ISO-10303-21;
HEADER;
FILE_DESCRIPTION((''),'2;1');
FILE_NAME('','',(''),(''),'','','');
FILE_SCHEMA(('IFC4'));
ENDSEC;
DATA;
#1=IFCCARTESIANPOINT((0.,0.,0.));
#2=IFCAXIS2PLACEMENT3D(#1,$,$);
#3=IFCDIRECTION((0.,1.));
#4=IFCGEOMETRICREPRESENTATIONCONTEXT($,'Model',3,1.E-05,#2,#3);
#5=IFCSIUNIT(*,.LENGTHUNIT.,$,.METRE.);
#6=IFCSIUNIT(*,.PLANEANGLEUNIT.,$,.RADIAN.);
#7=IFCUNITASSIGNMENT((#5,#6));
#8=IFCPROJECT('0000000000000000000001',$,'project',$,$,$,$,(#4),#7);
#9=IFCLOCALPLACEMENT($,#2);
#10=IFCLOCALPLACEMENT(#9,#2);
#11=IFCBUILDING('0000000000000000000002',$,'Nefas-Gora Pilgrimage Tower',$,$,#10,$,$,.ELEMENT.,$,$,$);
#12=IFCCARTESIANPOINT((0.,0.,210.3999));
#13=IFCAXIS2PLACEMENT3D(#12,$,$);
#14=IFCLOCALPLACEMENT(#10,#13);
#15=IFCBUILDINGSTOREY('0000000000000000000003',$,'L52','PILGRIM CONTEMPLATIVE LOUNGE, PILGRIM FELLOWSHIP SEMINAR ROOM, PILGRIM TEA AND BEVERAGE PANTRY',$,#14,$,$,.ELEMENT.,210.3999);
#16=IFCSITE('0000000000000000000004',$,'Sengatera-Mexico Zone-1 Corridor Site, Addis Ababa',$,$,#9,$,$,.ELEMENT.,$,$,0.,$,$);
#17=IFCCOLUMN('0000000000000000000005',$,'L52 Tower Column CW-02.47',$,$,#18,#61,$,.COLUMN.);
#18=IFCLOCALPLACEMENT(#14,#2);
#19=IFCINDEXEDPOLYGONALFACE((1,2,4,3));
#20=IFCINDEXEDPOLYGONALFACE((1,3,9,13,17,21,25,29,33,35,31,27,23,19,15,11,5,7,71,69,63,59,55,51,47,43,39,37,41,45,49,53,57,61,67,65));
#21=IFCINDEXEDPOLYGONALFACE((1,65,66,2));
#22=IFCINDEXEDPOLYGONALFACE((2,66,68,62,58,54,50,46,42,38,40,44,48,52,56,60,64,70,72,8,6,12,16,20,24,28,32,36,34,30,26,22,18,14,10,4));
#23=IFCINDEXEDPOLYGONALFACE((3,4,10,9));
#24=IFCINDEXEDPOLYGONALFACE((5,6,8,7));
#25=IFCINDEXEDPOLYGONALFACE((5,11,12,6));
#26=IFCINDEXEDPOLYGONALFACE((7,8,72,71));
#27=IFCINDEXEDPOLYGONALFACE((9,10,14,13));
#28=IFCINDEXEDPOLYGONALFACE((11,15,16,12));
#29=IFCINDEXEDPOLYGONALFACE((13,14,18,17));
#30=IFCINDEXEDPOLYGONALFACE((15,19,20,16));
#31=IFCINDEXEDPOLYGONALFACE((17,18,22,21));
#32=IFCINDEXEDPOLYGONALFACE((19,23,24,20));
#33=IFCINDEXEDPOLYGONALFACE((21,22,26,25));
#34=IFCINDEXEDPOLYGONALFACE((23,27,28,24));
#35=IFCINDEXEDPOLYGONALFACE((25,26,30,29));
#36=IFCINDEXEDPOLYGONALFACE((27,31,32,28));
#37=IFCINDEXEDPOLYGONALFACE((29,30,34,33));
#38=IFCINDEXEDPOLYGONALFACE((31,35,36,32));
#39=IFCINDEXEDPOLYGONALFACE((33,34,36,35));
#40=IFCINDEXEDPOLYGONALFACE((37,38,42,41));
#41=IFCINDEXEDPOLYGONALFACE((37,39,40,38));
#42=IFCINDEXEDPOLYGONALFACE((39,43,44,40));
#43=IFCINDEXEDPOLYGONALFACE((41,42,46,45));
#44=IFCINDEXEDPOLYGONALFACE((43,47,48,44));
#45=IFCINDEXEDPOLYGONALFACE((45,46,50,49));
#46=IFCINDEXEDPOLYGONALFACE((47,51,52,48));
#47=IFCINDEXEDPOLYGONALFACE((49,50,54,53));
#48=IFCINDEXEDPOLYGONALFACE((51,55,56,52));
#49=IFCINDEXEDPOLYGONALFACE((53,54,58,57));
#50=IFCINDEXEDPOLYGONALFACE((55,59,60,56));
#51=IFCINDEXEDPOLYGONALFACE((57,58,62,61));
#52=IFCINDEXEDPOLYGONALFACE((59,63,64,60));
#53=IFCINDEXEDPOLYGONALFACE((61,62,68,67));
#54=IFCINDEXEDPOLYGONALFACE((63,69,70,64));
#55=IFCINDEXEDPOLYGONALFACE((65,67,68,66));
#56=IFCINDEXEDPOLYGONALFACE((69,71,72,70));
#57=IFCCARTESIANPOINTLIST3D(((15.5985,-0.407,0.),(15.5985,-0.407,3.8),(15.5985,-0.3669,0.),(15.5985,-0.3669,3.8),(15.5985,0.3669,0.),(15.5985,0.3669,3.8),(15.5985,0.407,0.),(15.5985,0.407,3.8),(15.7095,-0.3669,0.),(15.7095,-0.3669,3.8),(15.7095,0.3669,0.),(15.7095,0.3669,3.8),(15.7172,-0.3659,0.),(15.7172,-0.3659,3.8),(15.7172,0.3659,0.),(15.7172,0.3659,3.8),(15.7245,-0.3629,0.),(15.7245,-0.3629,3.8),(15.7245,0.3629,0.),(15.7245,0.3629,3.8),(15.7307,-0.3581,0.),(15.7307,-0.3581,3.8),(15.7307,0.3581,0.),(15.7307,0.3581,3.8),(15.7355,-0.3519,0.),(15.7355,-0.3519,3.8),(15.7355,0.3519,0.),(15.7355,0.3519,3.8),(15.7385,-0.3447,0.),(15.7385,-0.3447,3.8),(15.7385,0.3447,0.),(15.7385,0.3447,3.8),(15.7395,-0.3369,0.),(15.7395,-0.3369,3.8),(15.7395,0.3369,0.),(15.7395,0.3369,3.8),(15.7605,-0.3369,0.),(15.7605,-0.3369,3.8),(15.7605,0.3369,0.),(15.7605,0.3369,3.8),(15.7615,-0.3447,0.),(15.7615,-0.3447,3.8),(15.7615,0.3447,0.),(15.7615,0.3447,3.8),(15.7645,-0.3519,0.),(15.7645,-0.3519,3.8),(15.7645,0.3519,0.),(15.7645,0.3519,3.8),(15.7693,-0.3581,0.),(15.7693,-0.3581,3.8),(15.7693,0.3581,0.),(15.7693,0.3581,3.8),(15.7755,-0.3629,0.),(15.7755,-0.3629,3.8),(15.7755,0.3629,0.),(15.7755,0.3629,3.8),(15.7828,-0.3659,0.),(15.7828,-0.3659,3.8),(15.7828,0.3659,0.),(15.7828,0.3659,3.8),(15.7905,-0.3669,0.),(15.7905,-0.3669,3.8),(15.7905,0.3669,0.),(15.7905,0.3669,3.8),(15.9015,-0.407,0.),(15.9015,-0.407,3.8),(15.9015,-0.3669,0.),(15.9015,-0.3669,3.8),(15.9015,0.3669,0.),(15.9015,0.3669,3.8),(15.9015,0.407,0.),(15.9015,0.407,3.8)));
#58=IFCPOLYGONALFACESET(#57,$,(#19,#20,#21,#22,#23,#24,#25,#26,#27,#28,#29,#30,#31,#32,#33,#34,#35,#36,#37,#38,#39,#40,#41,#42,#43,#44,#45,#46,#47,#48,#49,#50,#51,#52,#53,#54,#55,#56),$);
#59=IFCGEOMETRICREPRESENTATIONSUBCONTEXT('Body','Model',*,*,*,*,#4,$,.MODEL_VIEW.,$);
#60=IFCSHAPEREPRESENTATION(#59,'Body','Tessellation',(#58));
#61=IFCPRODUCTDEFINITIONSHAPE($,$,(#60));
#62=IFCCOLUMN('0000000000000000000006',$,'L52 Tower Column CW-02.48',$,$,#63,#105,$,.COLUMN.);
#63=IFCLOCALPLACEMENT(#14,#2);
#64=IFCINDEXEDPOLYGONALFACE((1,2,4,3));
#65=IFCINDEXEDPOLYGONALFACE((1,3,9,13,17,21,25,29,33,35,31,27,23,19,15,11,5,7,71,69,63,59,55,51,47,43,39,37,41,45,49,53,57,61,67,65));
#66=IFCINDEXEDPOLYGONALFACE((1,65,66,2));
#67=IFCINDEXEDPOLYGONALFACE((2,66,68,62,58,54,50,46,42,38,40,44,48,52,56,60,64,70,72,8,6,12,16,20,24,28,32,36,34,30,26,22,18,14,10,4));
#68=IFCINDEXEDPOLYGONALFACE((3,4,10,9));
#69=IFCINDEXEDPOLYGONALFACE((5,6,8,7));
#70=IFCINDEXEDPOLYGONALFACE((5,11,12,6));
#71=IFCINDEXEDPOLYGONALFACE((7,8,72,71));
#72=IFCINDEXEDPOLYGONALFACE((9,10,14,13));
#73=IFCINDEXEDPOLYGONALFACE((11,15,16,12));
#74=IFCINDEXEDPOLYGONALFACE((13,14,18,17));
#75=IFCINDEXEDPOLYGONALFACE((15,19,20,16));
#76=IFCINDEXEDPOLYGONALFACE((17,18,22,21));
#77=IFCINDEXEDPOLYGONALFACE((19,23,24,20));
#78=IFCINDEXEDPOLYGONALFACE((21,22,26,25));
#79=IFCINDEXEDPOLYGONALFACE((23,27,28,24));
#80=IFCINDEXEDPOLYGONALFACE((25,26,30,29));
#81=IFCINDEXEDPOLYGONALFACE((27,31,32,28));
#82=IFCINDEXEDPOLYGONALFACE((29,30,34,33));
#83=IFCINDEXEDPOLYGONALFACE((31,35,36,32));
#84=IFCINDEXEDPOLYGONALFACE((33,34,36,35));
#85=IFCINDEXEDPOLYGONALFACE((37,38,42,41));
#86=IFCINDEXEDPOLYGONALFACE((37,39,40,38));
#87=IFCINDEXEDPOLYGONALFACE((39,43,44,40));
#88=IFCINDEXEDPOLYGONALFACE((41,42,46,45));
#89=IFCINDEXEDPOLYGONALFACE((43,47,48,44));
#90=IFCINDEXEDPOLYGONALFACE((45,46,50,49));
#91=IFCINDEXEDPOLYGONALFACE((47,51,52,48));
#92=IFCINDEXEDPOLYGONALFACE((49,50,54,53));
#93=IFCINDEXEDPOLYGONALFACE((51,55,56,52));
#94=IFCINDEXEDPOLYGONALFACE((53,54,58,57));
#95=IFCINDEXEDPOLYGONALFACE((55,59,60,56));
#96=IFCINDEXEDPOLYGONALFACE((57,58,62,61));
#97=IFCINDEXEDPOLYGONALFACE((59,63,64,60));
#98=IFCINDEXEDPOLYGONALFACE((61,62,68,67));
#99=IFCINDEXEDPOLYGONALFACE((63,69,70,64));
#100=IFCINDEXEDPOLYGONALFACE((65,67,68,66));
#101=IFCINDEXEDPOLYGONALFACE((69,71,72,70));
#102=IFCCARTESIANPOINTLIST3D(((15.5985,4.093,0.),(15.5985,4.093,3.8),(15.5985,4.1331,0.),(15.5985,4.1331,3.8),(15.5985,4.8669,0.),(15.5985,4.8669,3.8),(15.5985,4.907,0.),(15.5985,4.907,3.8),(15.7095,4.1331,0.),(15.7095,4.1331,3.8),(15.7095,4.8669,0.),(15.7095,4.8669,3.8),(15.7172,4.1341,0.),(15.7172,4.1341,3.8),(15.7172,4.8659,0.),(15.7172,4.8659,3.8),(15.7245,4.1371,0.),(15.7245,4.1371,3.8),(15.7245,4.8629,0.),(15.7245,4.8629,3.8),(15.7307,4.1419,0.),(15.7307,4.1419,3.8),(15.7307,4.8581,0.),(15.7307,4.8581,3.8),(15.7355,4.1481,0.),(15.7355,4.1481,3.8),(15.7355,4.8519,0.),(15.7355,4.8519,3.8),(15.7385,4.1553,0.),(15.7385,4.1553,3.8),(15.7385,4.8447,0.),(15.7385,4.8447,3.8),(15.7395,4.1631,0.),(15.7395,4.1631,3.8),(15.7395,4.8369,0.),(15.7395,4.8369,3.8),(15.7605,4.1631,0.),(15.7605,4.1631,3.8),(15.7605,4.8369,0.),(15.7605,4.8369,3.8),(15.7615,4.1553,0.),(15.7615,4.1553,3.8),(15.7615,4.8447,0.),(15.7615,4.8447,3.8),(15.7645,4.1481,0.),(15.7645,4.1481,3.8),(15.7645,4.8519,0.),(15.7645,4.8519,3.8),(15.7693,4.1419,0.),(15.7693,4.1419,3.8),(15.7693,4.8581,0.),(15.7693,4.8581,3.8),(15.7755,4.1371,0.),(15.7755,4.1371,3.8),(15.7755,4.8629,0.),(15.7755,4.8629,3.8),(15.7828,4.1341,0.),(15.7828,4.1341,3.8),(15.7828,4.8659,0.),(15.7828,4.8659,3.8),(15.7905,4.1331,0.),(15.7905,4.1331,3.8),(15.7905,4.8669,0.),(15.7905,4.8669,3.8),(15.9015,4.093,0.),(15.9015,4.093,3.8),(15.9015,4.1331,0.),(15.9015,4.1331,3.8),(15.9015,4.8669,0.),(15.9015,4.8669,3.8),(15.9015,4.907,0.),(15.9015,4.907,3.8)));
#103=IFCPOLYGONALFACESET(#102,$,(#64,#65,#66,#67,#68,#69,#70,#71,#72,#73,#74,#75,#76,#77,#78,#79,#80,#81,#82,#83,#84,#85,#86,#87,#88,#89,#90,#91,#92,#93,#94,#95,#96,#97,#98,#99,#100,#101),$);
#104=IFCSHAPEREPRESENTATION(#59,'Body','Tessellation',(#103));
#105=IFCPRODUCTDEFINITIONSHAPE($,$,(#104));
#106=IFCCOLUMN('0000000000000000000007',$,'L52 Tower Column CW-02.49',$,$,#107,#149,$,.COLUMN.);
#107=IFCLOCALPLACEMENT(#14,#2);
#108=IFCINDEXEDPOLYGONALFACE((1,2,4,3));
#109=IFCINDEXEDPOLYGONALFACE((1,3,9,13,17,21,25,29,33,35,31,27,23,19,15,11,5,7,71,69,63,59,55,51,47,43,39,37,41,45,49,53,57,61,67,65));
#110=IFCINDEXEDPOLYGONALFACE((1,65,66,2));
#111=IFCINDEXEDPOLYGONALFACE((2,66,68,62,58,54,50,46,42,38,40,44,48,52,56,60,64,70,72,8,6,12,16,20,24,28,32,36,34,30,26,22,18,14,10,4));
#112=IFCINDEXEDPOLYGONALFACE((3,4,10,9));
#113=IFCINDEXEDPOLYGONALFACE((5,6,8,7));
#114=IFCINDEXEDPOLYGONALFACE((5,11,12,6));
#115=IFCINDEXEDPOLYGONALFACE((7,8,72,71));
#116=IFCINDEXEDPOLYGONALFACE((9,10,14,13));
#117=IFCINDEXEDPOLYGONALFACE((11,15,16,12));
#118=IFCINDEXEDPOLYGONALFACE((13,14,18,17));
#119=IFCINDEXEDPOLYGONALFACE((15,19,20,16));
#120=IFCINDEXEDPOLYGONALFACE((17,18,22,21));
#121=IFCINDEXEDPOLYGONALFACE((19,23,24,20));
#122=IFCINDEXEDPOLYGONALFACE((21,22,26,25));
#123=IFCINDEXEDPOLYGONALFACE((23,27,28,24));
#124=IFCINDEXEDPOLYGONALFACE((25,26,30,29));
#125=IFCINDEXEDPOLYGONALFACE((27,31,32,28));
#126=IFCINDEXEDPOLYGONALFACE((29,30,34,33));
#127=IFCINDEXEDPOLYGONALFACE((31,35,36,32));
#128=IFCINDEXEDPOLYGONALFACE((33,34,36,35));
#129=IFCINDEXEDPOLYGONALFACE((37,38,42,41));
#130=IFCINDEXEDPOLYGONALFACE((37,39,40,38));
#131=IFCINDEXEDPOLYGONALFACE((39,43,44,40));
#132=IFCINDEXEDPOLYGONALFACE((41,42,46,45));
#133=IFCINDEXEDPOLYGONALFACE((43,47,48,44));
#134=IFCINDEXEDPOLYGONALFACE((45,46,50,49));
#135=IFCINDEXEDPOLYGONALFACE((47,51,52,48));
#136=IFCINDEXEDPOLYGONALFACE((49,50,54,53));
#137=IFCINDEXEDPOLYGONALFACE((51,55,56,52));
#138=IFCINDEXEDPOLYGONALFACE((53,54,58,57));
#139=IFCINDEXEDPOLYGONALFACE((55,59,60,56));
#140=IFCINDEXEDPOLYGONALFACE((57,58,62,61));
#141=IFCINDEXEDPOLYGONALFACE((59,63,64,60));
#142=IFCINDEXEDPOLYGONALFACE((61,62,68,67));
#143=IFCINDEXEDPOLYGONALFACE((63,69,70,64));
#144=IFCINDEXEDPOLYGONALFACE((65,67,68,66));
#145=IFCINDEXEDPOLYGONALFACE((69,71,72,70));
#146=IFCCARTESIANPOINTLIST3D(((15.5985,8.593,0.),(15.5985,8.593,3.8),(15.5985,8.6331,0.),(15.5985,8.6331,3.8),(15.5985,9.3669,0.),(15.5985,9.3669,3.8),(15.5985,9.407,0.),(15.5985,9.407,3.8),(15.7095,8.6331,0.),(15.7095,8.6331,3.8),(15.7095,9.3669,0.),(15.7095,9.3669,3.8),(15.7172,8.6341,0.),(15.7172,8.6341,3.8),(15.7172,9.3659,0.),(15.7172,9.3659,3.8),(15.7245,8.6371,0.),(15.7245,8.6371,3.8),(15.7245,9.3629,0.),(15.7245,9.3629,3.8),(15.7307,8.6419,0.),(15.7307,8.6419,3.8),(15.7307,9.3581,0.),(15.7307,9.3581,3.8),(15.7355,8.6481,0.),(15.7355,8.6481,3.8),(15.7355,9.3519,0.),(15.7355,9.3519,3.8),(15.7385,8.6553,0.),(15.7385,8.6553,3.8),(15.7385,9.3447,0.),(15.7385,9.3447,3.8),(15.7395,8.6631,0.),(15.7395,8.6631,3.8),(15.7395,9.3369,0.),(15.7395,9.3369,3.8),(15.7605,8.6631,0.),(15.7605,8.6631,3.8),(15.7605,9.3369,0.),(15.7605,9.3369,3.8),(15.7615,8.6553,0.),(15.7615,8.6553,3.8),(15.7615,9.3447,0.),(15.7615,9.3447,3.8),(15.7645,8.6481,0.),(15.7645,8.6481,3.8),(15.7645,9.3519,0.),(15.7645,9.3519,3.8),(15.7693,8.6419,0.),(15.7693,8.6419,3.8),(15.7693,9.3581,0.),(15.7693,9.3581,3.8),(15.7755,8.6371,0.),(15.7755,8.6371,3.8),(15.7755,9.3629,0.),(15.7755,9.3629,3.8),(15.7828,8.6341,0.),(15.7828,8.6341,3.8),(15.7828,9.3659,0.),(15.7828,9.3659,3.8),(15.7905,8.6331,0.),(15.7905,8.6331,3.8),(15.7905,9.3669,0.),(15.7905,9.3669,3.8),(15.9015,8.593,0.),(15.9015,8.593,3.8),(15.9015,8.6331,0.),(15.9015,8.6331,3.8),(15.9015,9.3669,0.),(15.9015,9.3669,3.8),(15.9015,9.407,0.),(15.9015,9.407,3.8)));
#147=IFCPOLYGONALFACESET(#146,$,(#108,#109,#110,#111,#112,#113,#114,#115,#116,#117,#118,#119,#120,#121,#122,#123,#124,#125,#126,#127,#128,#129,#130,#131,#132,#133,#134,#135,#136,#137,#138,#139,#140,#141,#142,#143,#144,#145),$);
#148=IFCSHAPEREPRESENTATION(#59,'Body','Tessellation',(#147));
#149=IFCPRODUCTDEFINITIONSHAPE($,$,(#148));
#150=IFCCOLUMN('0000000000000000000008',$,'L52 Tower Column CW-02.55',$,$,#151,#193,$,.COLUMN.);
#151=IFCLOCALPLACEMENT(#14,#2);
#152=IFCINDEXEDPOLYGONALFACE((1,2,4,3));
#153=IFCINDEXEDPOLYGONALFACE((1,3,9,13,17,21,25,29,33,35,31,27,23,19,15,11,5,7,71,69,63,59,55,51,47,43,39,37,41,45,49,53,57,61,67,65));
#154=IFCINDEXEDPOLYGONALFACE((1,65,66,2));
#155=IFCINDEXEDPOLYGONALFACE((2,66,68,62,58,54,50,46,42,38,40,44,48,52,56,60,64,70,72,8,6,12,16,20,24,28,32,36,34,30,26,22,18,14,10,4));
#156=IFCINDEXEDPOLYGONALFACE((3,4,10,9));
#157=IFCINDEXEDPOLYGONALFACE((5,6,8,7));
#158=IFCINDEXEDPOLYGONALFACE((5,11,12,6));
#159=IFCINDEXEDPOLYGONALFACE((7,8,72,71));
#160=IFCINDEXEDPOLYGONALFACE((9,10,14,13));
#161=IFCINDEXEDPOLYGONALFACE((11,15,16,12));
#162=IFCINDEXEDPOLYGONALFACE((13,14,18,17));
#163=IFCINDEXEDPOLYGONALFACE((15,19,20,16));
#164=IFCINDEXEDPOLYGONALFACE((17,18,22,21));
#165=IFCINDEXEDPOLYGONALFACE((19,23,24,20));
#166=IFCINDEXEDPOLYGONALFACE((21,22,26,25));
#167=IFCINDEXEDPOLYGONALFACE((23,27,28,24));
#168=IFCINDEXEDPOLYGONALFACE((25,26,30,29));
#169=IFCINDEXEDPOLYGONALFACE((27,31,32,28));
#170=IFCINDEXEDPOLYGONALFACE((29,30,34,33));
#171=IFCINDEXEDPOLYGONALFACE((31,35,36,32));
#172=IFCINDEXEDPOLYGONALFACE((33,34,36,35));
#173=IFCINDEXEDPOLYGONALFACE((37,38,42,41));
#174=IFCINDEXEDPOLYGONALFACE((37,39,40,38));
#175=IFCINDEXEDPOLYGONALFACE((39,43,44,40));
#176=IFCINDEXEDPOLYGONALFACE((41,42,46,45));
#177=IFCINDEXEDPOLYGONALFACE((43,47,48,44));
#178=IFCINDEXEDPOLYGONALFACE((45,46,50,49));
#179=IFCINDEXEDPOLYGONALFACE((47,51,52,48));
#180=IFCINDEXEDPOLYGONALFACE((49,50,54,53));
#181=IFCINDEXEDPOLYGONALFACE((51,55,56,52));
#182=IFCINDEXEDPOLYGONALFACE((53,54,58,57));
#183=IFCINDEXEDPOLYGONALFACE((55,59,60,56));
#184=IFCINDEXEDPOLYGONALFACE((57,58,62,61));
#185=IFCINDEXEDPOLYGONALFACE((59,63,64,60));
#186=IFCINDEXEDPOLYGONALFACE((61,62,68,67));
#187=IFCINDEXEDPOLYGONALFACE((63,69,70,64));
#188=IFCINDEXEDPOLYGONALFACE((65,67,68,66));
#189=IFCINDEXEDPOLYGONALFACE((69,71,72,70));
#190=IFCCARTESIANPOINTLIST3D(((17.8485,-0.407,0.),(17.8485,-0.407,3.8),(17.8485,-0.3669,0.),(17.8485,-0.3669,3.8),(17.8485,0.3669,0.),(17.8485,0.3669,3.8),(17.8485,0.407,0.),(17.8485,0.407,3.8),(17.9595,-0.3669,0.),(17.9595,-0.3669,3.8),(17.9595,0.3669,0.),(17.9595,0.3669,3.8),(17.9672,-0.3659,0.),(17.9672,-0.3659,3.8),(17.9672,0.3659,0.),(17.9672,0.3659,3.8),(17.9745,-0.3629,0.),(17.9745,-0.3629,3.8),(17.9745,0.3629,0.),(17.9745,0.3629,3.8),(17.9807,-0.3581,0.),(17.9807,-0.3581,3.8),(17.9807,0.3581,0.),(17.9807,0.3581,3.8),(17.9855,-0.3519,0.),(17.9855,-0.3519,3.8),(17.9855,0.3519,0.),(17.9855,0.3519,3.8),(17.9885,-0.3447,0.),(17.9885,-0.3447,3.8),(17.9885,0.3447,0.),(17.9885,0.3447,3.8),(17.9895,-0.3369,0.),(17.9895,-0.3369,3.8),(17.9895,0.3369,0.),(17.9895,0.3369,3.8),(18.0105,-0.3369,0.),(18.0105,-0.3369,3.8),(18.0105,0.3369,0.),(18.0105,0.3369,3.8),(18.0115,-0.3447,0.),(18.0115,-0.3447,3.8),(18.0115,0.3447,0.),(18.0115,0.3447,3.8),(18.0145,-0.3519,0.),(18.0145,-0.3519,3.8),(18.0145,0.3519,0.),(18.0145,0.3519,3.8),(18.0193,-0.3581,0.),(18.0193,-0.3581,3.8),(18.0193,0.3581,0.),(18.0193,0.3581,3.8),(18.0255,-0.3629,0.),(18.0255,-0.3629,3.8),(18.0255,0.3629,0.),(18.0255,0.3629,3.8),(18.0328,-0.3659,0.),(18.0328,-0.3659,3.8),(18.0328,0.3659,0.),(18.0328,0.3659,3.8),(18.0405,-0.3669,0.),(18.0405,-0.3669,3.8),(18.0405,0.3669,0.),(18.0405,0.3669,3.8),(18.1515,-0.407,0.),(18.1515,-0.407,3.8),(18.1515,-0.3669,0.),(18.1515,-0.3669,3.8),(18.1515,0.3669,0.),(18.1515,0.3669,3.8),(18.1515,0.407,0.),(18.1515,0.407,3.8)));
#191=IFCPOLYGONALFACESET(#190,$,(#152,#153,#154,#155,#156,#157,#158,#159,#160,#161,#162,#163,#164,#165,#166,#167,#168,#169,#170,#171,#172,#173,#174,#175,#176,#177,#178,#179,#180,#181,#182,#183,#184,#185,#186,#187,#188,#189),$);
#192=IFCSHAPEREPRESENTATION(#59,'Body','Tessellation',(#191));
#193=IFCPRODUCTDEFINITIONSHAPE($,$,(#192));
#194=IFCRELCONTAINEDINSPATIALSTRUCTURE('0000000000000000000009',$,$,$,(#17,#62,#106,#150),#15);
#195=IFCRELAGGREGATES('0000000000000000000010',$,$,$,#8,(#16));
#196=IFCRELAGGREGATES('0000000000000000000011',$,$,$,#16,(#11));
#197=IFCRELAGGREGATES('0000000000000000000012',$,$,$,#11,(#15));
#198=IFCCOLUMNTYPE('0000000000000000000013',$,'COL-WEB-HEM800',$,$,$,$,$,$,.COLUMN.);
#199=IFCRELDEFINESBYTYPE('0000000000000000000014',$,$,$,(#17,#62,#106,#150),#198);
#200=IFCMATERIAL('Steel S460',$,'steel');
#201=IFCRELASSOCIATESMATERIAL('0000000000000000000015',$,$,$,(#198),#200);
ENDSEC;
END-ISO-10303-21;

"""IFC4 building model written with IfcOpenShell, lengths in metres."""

from ifc_helpers import new_model, si_unit, direction, frame, origin, origin_2d, place, context, subcontext, project, spatial, i_section, extrude, source, transform, mapped, material, material_profile, profile_set, type_object, element, save


model = new_model("IFC4")

# Units and contexts
model_context = context("Model", 3, precision=1e-05, world=origin(), true_north=direction((0.0, 1.0)))
body_context = subcontext(model_context, "Body", "Model", "MODEL_VIEW")
ifc_project = project(units=[si_unit("LENGTHUNIT", "METRE"), si_unit("PLANEANGLEUNIT", "RADIAN")], contexts=[model_context])

# Site, building, storey
site_placement = place(None, origin())
site = spatial("IfcSite", under=ifc_project, at=site_placement, Name="Sengatera-Mexico Zone-1 Corridor Site, Addis Ababa", CompositionType="ELEMENT", RefElevation=0.0)
building_placement = place(site_placement, origin())
building = spatial("IfcBuilding", under=site, at=building_placement, Name="Nefas-Gora Pilgrimage Tower", CompositionType="ELEMENT")
storey_placement = place(building_placement, frame((0.0, 0.0, 210.3999)))
storey = spatial("IfcBuildingStorey", under=building, at=storey_placement, Name="L52", Description="PILGRIM CONTEMPLATIVE LOUNGE, PILGRIM FELLOWSHIP SEMINAR ROOM, PILGRIM TEA AND BEVERAGE PANTRY", CompositionType="ELEMENT", Elevation=210.3999)

# Columns
ifc_material_1 = material(Name="Steel S460", Category="steel")
ifc_material_profile_1 = material_profile(ifc_material_1, i_section(OverallWidth=0.303, OverallDepth=0.814, WebThickness=0.021, FlangeThickness=0.04, FilletRadius=0.03, at=origin_2d()), Name="HEM 800")
ifc_profile_set_1 = profile_set([ifc_material_profile_1], Name="Steel S460")
column_type_1 = type_object("IfcColumnType", Name="COL-WEB-HEM800", PredefinedType="COLUMN", material=ifc_profile_set_1)
shared_shape_1 = source(origin(), body_context, "Body", "SweptSolid", [
    extrude(i_section(OverallWidth=0.303, OverallDepth=0.814, WebThickness=0.021, FlangeThickness=0.04, FilletRadius=0.03, at=origin_2d()), origin(), (0.0, 0.0, 1.0), 3.8),
])
for number, where, z_axis, x_axis, name in (
    (1, (15.75, 0.0, 0.0), (0.0, 0.0, 1.0), (1.0, 0.0, 0.0), "L52 Tower Column CW-02.47"),
    (2, (15.75, 4.5, 0.0), (0.0, 0.0, 1.0), (1.0, 0.0, 0.0), "L52 Tower Column CW-02.48"),
    (3, (15.75, 9.0, 0.0), (0.0, 0.0, 1.0), (1.0, 0.0, 0.0), "L52 Tower Column CW-02.49"),
    (4, (18.0, 0.0, 0.0), (0.0, 0.0, 1.0), (1.0, 0.0, 0.0), "L52 Tower Column CW-02.55"),
):
    element("IfcColumn", number, at=place(storey_placement, frame(where, z_axis=z_axis, x_axis=x_axis)), inside=storey, type_object=column_type_1, Name=name, PredefinedType="COLUMN", context=body_context, shape_type="MappedRepresentation", body=[
        mapped(shared_shape_1, transform((0.0, 0.0, 0.0), x_axis=(1.0, 0.0, 0.0), y_axis=(0.0, 1.0, 0.0), z_axis=(0.0, 0.0, 1.0), scale=1.0)),
    ])

save(model, "model.ifc")
